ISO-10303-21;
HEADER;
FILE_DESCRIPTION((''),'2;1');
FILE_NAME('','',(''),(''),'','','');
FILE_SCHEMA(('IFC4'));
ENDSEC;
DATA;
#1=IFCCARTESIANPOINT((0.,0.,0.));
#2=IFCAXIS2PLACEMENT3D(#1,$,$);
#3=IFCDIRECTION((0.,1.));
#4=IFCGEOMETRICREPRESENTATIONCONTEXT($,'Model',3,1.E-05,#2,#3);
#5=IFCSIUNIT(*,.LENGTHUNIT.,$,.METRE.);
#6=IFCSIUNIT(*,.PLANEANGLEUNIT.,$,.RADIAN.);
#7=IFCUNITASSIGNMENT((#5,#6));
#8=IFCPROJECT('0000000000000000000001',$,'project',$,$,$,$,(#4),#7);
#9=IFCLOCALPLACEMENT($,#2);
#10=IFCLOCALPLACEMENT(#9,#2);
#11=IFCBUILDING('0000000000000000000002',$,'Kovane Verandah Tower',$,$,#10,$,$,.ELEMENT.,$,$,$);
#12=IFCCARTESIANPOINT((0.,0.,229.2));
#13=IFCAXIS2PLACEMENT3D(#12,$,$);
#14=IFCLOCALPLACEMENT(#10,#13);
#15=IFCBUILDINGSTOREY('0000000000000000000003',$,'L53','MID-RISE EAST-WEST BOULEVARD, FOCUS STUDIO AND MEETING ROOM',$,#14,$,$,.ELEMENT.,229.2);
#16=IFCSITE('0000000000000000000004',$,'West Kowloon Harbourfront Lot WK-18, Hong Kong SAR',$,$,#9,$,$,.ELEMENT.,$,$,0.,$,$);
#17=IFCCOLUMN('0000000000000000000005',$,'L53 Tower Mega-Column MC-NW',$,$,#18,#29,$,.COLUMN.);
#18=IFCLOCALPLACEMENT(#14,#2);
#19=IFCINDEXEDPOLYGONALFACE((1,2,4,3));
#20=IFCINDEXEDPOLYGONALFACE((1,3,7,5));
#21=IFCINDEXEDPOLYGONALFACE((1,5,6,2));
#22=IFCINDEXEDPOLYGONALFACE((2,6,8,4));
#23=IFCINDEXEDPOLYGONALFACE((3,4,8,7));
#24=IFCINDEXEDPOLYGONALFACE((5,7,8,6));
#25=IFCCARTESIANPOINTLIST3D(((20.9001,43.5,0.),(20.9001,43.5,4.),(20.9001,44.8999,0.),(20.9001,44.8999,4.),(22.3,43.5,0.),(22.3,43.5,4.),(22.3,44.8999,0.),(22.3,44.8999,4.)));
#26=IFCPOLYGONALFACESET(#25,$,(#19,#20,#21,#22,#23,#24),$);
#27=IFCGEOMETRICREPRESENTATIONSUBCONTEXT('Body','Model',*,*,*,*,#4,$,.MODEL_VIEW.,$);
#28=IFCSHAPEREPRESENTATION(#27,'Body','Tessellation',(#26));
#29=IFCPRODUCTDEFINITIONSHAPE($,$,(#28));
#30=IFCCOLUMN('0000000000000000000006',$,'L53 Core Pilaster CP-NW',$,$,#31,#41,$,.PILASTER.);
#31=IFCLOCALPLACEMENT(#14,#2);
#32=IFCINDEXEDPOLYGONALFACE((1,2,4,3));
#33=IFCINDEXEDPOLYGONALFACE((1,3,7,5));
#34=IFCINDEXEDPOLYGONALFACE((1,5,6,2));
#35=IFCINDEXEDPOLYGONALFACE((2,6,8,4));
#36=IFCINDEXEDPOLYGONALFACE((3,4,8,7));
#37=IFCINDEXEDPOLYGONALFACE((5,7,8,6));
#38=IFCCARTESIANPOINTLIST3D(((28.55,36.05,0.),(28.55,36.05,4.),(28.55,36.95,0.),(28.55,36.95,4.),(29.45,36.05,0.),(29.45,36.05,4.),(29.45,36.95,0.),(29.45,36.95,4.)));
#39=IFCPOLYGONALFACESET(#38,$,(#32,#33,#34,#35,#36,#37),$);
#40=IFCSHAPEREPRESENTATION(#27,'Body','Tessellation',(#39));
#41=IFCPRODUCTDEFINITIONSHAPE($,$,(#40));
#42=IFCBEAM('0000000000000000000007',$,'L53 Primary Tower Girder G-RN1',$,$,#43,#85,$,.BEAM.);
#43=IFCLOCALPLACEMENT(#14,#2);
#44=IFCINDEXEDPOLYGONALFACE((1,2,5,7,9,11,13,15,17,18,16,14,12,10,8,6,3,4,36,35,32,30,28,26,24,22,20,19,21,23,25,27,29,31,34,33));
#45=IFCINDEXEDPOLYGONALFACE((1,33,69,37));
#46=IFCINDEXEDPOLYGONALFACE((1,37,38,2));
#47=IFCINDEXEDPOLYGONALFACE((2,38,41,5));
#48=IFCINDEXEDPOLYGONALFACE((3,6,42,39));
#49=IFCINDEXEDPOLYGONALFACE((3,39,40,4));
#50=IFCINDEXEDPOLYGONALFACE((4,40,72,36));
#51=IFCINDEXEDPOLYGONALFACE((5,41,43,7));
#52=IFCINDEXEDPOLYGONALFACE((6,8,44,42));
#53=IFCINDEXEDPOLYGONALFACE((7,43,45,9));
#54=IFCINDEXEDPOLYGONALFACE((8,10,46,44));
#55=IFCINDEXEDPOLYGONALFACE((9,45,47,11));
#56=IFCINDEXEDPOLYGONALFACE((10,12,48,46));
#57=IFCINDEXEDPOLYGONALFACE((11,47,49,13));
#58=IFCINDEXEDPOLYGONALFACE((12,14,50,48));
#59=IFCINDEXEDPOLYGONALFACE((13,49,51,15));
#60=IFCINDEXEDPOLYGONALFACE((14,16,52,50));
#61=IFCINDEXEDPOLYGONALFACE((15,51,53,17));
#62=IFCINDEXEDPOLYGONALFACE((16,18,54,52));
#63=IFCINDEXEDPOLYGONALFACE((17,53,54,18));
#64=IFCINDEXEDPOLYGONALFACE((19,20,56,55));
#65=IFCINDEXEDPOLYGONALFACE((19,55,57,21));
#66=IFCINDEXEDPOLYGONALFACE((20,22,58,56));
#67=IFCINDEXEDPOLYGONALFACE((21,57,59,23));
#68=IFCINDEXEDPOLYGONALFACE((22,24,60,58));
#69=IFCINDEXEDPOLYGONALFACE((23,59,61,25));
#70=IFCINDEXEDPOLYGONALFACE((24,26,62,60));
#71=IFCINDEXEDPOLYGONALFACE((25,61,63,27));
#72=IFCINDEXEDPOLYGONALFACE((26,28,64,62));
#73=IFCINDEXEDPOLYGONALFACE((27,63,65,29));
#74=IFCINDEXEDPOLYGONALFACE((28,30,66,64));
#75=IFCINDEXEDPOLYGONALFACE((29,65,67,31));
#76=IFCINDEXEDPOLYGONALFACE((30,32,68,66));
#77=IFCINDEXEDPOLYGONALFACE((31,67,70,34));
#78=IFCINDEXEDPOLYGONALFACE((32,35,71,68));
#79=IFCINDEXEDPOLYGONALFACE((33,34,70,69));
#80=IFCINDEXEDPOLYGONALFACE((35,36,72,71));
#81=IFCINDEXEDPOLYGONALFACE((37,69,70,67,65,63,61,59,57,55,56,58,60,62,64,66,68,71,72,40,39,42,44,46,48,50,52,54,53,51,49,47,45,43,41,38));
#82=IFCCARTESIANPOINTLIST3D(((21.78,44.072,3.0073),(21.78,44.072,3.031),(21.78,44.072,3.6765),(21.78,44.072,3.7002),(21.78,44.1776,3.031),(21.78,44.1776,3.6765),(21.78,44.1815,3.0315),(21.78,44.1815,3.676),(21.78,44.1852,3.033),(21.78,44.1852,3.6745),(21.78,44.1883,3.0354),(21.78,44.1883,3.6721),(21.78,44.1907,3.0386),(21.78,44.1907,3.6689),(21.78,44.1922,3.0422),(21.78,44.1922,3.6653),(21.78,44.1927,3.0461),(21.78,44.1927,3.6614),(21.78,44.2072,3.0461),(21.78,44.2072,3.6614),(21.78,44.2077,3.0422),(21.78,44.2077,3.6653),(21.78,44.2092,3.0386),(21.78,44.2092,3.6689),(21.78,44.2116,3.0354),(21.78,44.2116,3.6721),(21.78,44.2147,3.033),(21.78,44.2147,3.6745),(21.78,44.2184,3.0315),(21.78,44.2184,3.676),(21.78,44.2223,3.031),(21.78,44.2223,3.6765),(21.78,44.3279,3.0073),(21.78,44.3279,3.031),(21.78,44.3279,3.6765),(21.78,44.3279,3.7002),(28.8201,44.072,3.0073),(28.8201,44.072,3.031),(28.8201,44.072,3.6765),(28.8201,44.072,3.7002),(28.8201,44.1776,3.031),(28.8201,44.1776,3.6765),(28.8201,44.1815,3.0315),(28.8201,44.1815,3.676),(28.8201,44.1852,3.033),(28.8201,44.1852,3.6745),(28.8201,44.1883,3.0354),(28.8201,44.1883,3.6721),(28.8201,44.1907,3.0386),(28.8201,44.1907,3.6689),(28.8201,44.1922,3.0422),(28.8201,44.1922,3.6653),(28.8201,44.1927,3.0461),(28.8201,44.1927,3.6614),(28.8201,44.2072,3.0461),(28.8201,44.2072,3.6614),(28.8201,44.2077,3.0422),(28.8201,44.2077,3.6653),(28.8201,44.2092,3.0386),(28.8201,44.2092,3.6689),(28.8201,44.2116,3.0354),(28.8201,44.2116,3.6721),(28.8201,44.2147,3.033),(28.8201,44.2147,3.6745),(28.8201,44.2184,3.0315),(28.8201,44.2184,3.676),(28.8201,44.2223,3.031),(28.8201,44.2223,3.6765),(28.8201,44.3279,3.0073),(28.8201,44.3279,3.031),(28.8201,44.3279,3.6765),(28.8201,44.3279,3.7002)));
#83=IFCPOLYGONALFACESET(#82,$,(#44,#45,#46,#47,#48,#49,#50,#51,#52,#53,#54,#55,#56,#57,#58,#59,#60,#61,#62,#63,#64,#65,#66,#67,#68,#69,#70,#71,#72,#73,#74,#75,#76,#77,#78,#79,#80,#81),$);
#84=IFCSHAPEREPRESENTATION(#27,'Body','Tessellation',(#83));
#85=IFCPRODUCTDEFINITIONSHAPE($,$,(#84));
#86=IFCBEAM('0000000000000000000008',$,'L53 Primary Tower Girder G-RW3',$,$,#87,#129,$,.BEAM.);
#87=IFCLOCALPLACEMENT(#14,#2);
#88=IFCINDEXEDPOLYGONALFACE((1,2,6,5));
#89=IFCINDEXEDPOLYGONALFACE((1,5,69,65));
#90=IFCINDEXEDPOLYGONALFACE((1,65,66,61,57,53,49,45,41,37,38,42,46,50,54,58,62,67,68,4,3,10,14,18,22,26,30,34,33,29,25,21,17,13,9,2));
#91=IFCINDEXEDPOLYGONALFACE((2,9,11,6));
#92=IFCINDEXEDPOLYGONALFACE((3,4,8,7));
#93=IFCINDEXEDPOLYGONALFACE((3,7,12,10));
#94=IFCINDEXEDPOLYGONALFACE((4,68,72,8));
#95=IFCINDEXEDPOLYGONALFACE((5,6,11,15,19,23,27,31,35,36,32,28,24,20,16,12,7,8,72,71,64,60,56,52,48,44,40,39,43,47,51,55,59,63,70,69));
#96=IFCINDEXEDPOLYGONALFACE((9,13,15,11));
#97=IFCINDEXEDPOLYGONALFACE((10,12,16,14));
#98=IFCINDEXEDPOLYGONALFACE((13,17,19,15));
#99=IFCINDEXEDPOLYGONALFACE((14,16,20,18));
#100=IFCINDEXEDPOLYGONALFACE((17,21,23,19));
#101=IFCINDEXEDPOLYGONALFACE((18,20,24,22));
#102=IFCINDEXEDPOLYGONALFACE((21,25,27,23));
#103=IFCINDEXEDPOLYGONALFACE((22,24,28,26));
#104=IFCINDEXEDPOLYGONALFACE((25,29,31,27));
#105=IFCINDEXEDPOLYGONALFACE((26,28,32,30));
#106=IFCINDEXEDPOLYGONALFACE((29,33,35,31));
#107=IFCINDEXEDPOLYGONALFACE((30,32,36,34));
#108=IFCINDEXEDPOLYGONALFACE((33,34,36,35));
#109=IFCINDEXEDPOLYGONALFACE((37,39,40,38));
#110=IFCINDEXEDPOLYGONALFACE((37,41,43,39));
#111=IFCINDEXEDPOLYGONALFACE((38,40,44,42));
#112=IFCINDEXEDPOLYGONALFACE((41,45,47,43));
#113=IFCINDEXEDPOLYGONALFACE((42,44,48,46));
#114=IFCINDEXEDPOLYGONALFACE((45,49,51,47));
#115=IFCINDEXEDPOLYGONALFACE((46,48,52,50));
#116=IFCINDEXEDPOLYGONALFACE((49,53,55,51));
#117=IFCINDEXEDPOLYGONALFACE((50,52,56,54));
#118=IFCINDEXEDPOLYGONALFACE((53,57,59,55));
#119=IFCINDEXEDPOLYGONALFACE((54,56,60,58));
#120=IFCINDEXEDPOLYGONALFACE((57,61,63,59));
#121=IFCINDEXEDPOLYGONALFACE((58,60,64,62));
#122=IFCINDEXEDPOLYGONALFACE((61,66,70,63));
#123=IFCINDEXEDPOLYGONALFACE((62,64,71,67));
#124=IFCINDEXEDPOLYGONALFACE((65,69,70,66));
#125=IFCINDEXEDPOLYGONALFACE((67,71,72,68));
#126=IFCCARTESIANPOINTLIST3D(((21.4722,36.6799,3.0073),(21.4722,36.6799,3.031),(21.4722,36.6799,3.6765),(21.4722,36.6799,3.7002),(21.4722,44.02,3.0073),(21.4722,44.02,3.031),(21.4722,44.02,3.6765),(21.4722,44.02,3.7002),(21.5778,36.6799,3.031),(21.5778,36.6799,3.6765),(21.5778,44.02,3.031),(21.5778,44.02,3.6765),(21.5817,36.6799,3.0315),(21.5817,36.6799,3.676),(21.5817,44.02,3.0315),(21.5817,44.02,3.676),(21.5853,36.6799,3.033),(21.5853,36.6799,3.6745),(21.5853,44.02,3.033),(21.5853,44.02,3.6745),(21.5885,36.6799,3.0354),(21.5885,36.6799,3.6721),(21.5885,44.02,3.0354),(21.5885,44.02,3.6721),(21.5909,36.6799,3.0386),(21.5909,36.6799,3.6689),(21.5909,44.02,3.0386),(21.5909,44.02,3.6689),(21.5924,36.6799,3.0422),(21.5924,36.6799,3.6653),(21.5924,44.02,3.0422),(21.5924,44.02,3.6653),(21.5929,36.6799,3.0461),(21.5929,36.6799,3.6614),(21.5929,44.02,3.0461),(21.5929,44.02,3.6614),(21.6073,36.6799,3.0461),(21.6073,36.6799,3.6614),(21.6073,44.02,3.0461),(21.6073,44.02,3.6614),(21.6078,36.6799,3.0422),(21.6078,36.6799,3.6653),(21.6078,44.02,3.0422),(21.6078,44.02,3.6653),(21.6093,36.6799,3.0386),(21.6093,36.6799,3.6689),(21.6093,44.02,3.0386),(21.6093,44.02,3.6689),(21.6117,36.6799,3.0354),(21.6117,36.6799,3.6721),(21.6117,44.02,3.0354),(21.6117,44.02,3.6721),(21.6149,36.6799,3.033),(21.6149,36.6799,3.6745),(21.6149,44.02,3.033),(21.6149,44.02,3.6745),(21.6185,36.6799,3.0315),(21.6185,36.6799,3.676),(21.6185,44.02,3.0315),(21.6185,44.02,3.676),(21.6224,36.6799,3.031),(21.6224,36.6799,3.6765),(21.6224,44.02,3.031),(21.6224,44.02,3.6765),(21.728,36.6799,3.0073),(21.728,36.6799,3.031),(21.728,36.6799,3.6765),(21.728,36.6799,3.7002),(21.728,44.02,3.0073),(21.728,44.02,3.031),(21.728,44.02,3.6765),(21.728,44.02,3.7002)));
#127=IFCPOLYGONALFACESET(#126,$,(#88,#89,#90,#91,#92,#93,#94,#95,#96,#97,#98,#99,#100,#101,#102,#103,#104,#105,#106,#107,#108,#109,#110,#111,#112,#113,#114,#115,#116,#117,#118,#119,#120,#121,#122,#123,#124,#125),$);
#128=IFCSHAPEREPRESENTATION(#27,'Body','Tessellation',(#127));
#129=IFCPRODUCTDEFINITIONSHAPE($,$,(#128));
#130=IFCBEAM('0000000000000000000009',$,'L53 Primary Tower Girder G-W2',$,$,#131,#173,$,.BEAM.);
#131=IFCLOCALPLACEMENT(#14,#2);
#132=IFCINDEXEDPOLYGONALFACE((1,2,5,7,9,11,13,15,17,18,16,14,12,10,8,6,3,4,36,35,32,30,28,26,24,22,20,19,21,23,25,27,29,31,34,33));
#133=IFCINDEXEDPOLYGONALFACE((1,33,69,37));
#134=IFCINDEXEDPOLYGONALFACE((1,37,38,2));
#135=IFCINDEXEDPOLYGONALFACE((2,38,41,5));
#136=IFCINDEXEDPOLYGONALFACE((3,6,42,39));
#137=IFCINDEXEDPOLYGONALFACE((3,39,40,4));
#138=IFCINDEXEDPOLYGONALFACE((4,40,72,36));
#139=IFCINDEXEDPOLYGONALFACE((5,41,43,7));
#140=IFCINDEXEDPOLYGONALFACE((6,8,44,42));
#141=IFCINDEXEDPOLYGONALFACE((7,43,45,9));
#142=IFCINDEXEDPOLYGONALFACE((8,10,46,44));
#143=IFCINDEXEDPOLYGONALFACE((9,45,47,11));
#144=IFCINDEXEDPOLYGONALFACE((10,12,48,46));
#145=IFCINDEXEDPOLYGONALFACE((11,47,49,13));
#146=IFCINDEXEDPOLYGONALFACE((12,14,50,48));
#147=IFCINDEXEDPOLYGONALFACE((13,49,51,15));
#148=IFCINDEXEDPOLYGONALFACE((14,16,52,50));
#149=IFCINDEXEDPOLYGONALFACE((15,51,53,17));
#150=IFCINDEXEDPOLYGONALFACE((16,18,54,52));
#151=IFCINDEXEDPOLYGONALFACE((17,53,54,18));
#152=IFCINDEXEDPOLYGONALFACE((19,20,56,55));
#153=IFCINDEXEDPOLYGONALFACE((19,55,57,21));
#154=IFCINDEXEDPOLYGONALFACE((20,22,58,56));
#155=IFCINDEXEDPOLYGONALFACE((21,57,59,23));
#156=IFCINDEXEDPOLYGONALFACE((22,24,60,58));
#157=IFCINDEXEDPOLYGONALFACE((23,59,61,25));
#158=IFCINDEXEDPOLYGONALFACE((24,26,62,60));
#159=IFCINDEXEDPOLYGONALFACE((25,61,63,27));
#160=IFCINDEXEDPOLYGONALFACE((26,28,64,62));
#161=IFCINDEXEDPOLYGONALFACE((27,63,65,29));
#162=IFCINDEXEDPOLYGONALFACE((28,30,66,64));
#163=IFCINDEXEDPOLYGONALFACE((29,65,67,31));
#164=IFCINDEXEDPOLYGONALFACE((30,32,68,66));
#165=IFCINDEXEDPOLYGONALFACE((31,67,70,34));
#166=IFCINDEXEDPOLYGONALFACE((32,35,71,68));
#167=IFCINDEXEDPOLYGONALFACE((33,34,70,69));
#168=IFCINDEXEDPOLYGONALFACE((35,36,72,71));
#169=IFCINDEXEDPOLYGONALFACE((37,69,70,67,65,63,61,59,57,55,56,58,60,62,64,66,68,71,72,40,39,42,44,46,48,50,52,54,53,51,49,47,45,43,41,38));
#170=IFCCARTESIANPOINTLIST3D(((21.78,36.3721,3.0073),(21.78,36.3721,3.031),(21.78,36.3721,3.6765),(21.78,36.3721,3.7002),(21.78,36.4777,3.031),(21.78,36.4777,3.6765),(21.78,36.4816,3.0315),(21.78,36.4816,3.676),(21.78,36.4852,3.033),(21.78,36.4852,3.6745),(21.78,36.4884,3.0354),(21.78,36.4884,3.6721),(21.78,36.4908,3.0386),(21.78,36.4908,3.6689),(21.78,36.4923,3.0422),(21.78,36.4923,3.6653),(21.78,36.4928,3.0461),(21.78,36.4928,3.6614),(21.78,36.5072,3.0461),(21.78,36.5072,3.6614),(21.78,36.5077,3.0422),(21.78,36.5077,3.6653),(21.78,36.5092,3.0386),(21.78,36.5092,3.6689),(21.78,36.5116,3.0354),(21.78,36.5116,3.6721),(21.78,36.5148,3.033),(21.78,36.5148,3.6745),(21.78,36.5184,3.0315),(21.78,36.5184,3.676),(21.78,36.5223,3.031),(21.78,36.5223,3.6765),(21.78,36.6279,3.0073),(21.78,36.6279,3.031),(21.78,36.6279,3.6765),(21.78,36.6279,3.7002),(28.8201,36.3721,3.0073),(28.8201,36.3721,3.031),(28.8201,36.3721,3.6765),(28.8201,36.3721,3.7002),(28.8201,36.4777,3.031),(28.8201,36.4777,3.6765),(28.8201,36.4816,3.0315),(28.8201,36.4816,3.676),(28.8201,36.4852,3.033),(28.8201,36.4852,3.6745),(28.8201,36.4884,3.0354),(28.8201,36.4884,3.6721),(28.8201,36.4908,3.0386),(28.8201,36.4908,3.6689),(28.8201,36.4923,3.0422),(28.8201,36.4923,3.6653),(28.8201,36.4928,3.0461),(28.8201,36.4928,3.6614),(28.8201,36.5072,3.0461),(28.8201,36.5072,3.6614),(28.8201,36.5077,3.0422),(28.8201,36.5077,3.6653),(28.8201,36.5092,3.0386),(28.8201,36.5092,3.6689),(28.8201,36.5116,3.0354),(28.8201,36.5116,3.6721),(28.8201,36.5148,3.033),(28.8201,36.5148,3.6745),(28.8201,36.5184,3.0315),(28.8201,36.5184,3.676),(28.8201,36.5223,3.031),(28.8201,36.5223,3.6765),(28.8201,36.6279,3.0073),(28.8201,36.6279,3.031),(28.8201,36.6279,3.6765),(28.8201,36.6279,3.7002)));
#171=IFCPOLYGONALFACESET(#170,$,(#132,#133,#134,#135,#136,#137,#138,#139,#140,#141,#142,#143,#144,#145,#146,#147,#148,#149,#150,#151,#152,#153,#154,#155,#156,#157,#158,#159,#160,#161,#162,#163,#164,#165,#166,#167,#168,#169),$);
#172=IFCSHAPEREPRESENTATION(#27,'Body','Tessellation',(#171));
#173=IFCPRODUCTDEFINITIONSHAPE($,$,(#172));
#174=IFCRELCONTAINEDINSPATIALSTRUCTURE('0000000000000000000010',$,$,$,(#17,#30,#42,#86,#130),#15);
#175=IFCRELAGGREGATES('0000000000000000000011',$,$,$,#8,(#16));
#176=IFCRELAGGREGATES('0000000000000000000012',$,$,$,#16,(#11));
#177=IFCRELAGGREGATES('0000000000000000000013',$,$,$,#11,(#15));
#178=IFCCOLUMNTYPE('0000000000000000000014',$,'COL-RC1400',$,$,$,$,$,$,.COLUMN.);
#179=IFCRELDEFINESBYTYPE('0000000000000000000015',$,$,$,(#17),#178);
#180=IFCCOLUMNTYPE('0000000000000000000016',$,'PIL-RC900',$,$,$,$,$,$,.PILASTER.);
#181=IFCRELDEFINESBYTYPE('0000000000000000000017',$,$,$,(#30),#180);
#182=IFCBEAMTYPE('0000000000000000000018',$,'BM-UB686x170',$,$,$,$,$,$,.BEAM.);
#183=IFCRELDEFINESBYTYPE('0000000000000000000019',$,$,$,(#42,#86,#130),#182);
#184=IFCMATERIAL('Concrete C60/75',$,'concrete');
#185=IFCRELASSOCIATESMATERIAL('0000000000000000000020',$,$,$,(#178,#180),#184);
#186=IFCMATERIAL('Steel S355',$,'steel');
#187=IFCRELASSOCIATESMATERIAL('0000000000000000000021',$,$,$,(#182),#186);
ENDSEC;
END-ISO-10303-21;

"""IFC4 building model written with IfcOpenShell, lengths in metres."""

from ifc_helpers import new_model, si_unit, direction, frame, origin, origin_2d, place, context, subcontext, project, spatial, rectangle, i_section, extrude, material, material_profile, profile_set, type_object, element, save


model = new_model("IFC4")

# Units and contexts
model_context = context("Model", 3, precision=1e-05, world=origin(), true_north=direction((0.0, 1.0)))
body_context = subcontext(model_context, "Body", "Model", "MODEL_VIEW")
ifc_project = project(units=[si_unit("LENGTHUNIT", "METRE"), si_unit("PLANEANGLEUNIT", "RADIAN")], contexts=[model_context])

# Site, building, storey
site_placement = place(None, origin())
site = spatial("IfcSite", under=ifc_project, at=site_placement, Name="West Kowloon Harbourfront Lot WK-18, Hong Kong SAR", CompositionType="ELEMENT", RefElevation=0.0)
building_placement = place(site_placement, origin())
building = spatial("IfcBuilding", under=site, at=building_placement, Name="Kovane Verandah Tower", CompositionType="ELEMENT")
storey_placement = place(building_placement, frame((0.0, 0.0, 229.2)))
storey = spatial("IfcBuildingStorey", under=building, at=storey_placement, Name="L53", Description="MID-RISE EAST-WEST BOULEVARD, FOCUS STUDIO AND MEETING ROOM", CompositionType="ELEMENT", Elevation=229.2)

# Columns
ifc_material_1 = material(Name="Concrete C60/75", Category="concrete")
ifc_material_profile_1 = material_profile(ifc_material_1, rectangle(XDim=1.3999, YDim=1.3999, at=origin_2d()), Name="RC1400x1400")
ifc_profile_set_1 = profile_set([ifc_material_profile_1], Name="Concrete C60/75")
column_type_1 = type_object("IfcColumnType", Name="COL-RC1400", PredefinedType="COLUMN", material=ifc_profile_set_1)
column_1_placement = place(storey_placement, frame((21.6001, 44.2, 0.0), z_axis=(0.0, 0.0, 1.0), x_axis=(1.0, 0.0, 0.0)))
element("IfcColumn", 1, at=column_1_placement, inside=storey, type_object=column_type_1, Name="L53 Tower Mega-Column MC-NW", PredefinedType="COLUMN", context=body_context, shape_type="SweptSolid", body=[
    extrude(rectangle(XDim=1.3999, YDim=1.3999, at=origin_2d()), origin(), (0.0, 0.0, 1.0), 4.0),
])
ifc_material_profile_2 = material_profile(ifc_material_1, rectangle(XDim=0.8999, YDim=0.8999, at=origin_2d()), Name="RC900x900")
ifc_profile_set_2 = profile_set([ifc_material_profile_2], Name="Concrete C60/75")
column_type_2 = type_object("IfcColumnType", Name="PIL-RC900", PredefinedType="PILASTER", material=ifc_profile_set_2)
column_2_placement = place(storey_placement, frame((29.0, 36.5, 0.0), z_axis=(0.0, 0.0, 1.0), x_axis=(1.0, 0.0, 0.0)))
element("IfcColumn", 2, at=column_2_placement, inside=storey, type_object=column_type_2, Name="L53 Core Pilaster CP-NW", PredefinedType="PILASTER", context=body_context, shape_type="SweptSolid", body=[
    extrude(rectangle(XDim=0.8999, YDim=0.8999, at=origin_2d()), origin(), (0.0, 0.0, 1.0), 4.0),
])

# Beams
ifc_material_2 = material(Name="Steel S355", Category="steel")
ifc_material_profile_3 = material_profile(ifc_material_2, i_section(OverallWidth=0.2559, OverallDepth=0.6929, WebThickness=0.0144, FlangeThickness=0.0237, FilletRadius=0.0151, at=origin_2d()), Name="UB686x254x170")
ifc_profile_set_3 = profile_set([ifc_material_profile_3], Name="Steel S355")
beam_type_1 = type_object("IfcBeamType", Name="BM-UB686x170", PredefinedType="BEAM", material=ifc_profile_set_3)
beam_1_placement = place(storey_placement, frame((21.78, 44.2, 3.3538), z_axis=(1.0, 0.0, 0.0), x_axis=(0.0, 1.0, 0.0)))
element("IfcBeam", 3, at=beam_1_placement, inside=storey, type_object=beam_type_1, Name="L53 Primary Tower Girder G-RN1", PredefinedType="BEAM", context=body_context, shape_type="SweptSolid", body=[
    extrude(i_section(OverallWidth=0.2559, OverallDepth=0.6929, WebThickness=0.0144, FlangeThickness=0.0237, FilletRadius=0.0151, at=origin_2d()), origin(), (0.0, 0.0, 1.0), 7.04),
])
beam_2_placement = place(storey_placement, frame((21.6001, 36.6799, 3.3538), z_axis=(0.0, 1.0, 0.0), x_axis=(-1.0, 0.0, 0.0)))
element("IfcBeam", 4, at=beam_2_placement, inside=storey, type_object=beam_type_1, Name="L53 Primary Tower Girder G-RW3", PredefinedType="BEAM", context=body_context, shape_type="SweptSolid", body=[
    extrude(i_section(OverallWidth=0.2559, OverallDepth=0.6929, WebThickness=0.0144, FlangeThickness=0.0237, FilletRadius=0.0151, at=origin_2d()), origin(), (0.0, 0.0, 1.0), 7.3401),
])
beam_3_placement = place(storey_placement, frame((28.8201, 36.5, 3.3538), z_axis=(-1.0, 0.0, 0.0), x_axis=(0.0, -1.0, 0.0)))
element("IfcBeam", 5, at=beam_3_placement, inside=storey, type_object=beam_type_1, Name="L53 Primary Tower Girder G-W2", PredefinedType="BEAM", context=body_context, shape_type="SweptSolid", body=[
    extrude(i_section(OverallWidth=0.2559, OverallDepth=0.6929, WebThickness=0.0144, FlangeThickness=0.0237, FilletRadius=0.0151, at=origin_2d()), origin(), (0.0, 0.0, 1.0), 7.04),
])

save(model, "model.ifc")
